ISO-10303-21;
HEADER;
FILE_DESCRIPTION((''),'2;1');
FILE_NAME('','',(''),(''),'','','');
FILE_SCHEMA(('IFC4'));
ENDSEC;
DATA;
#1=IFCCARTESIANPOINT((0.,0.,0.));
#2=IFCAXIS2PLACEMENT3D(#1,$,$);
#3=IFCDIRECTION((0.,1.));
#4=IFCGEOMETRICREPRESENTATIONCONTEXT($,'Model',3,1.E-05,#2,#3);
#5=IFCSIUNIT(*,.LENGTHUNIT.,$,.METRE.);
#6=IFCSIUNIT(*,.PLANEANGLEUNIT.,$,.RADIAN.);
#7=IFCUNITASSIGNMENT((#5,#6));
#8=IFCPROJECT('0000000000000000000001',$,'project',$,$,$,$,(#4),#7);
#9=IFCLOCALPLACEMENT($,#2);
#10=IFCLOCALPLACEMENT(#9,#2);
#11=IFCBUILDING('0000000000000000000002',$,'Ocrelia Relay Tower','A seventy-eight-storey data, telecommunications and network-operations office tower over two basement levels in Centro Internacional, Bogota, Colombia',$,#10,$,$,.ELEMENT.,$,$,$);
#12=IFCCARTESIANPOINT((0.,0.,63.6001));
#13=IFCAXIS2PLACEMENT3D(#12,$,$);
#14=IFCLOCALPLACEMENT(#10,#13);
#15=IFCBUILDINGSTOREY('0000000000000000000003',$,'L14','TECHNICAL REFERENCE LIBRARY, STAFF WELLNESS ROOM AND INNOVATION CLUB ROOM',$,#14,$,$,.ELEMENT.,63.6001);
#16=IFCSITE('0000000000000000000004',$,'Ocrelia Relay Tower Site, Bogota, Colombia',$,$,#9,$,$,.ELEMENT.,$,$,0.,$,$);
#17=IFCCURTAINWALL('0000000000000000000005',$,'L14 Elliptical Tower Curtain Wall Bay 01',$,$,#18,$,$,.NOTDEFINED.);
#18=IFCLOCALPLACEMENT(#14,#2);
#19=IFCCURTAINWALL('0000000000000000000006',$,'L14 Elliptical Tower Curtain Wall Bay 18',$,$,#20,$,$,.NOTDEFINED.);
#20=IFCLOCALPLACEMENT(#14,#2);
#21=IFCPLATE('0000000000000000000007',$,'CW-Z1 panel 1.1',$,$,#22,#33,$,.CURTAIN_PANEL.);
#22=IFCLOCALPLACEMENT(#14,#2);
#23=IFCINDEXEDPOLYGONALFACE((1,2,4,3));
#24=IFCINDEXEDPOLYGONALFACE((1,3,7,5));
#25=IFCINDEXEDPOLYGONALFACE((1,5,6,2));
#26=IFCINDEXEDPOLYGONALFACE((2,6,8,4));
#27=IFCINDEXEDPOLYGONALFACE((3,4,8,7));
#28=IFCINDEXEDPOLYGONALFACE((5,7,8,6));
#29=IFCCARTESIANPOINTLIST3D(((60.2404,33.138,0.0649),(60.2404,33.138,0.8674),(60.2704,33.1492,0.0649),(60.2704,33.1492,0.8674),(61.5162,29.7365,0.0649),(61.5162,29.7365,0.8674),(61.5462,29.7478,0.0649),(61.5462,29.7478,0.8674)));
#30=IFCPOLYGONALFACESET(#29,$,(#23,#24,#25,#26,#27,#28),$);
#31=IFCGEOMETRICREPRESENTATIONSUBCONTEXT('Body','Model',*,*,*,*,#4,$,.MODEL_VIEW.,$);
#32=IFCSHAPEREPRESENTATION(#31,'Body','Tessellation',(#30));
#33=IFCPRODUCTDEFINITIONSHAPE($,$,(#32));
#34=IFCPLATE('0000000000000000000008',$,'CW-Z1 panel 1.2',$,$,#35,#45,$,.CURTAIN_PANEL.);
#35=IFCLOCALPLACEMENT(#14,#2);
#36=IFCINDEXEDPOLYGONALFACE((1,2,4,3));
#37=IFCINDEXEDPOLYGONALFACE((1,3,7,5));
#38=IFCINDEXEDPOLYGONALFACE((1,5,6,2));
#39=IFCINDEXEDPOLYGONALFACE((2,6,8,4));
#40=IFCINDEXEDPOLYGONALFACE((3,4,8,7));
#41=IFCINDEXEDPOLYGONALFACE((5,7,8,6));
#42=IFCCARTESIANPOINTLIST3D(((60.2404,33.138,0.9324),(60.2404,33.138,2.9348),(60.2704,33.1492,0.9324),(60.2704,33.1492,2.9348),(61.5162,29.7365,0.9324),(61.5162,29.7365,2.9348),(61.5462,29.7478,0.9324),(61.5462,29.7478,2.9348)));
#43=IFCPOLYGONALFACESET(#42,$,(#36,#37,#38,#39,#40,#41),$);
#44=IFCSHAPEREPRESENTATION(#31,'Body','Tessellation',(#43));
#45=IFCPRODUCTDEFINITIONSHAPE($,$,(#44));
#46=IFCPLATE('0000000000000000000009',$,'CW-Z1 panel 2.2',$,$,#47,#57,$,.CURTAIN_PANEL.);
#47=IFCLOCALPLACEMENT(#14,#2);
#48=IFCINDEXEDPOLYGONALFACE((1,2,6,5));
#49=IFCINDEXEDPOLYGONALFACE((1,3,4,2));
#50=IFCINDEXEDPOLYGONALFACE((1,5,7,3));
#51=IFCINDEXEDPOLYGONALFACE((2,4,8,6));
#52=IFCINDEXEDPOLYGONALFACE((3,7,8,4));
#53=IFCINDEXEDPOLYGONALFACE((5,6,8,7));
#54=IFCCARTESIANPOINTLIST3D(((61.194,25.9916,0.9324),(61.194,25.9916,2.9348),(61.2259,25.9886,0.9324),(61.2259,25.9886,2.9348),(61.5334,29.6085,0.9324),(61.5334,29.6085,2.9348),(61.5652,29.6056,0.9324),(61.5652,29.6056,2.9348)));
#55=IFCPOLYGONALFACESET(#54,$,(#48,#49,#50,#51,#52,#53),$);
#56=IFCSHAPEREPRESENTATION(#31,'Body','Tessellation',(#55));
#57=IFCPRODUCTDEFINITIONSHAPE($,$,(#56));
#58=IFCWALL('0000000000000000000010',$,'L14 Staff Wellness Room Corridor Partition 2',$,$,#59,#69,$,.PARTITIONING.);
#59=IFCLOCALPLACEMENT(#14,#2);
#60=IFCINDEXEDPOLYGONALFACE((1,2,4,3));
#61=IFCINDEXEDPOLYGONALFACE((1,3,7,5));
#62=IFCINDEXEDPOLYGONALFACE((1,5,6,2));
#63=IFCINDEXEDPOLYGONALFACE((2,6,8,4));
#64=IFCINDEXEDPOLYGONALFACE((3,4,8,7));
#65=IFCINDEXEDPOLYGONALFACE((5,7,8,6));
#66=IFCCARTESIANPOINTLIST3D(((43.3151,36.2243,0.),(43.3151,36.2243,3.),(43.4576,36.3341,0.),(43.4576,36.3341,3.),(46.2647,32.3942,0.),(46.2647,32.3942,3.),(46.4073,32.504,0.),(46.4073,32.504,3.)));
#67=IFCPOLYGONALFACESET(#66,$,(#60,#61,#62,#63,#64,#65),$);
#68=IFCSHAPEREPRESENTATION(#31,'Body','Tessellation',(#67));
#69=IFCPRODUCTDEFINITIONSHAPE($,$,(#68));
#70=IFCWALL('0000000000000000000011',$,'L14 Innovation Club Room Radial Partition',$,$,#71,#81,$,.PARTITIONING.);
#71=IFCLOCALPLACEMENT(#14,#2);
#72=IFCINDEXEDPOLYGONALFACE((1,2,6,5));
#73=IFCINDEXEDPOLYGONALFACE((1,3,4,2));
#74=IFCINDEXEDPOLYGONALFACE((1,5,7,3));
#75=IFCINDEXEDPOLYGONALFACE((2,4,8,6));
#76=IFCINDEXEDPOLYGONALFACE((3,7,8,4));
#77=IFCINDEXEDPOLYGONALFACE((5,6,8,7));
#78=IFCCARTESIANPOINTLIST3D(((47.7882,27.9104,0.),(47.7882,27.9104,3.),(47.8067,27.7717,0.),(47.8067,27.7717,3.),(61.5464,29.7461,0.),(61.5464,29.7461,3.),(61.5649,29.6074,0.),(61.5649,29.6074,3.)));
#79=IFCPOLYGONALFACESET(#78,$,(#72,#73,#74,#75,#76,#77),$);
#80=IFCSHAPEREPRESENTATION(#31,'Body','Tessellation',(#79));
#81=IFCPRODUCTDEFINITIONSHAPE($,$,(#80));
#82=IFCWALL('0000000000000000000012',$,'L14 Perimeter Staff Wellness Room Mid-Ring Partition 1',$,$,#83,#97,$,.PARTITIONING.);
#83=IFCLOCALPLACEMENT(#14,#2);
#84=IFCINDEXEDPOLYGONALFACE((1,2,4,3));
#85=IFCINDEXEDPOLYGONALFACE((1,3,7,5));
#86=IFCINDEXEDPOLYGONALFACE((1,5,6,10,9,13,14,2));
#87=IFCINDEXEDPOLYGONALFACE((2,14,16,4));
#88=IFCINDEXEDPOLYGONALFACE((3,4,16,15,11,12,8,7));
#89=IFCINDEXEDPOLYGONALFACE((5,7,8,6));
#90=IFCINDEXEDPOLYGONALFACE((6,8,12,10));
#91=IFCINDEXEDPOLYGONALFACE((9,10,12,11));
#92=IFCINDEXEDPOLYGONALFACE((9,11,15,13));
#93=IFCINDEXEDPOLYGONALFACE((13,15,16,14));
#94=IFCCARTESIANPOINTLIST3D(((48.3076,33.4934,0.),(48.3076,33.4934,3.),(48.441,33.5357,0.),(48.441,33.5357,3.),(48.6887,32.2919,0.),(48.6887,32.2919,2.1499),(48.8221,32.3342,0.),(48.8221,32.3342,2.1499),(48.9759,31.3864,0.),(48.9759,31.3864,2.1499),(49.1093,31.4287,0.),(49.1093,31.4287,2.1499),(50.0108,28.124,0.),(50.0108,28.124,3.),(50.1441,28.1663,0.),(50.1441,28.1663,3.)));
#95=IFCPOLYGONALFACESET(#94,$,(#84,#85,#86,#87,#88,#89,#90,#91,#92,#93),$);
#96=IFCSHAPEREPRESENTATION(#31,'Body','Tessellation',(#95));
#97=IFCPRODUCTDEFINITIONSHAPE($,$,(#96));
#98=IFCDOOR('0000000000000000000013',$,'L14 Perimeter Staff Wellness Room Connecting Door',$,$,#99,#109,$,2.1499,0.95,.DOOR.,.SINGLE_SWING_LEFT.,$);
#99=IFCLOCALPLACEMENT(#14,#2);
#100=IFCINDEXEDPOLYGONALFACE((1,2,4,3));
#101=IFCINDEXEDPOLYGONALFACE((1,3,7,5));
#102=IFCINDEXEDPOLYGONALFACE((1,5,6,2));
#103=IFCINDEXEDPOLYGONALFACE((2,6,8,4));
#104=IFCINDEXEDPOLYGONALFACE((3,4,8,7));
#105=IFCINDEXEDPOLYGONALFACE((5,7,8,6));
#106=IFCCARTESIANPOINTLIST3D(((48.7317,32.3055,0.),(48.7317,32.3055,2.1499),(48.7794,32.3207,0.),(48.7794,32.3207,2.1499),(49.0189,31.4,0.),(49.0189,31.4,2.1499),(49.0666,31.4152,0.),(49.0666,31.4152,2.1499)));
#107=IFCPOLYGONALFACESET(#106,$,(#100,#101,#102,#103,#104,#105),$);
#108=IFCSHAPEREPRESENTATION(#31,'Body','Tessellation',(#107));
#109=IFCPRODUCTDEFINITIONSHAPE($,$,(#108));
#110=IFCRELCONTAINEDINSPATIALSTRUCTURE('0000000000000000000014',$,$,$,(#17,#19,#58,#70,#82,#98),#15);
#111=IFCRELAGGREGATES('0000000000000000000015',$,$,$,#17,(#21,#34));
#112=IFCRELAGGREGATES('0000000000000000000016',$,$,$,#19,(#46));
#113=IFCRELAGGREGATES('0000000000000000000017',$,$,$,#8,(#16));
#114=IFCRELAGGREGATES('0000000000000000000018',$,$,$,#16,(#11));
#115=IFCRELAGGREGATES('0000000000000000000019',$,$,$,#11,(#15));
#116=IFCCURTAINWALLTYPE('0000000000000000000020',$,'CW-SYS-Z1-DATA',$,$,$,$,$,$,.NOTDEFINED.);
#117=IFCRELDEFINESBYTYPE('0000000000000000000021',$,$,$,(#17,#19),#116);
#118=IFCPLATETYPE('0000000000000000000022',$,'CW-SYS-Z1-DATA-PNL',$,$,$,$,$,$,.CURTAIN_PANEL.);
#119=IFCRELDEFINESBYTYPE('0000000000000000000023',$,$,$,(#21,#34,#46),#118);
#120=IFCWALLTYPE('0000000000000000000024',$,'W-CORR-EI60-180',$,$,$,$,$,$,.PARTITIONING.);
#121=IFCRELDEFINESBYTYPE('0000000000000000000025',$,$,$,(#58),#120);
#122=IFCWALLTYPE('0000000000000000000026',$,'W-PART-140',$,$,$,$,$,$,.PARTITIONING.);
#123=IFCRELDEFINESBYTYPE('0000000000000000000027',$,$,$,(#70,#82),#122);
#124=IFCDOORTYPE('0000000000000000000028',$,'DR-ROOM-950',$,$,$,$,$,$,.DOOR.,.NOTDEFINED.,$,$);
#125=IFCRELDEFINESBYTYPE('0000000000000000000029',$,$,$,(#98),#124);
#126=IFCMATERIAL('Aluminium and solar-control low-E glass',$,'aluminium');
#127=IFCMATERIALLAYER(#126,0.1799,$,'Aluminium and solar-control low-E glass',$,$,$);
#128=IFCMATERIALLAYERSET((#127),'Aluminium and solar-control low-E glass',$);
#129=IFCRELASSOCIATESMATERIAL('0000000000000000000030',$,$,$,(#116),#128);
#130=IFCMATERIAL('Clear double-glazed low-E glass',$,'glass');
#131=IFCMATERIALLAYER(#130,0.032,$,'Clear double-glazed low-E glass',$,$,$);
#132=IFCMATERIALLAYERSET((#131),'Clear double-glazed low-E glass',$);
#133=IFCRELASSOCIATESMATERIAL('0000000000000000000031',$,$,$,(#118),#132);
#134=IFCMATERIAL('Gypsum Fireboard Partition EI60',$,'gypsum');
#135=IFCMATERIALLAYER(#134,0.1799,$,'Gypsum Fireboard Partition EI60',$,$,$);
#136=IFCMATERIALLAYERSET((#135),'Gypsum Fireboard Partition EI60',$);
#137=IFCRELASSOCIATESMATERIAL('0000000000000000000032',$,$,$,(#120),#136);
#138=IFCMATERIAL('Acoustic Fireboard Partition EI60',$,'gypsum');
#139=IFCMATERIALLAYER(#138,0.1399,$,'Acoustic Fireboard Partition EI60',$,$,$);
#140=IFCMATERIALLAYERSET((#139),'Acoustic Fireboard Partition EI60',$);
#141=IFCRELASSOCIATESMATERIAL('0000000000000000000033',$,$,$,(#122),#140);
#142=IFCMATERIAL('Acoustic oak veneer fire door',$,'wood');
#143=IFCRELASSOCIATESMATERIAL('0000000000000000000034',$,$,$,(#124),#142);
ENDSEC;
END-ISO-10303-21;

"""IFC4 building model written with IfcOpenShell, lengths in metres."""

from ifc_helpers import new_model, si_unit, direction, frame, frame_2d, origin, origin_2d, place, context, subcontext, project, spatial, rectangle, extrude, material, layer, layer_set, type_object, element, fill, aggregate, save


model = new_model("IFC4")

# Units and contexts
model_context = context("Model", 3, precision=1e-05, world=origin(), true_north=direction((0.0, 1.0)))
body_context = subcontext(model_context, "Body", "Model", "MODEL_VIEW")
ifc_project = project(units=[si_unit("LENGTHUNIT", "METRE"), si_unit("PLANEANGLEUNIT", "RADIAN")], contexts=[model_context])

# Site, building, storey
site_placement = place(None, origin())
site = spatial("IfcSite", under=ifc_project, at=site_placement, Name="Ocrelia Relay Tower Site, Bogota, Colombia", CompositionType="ELEMENT", RefElevation=0.0)
building_placement = place(site_placement, origin())
building = spatial("IfcBuilding", under=site, at=building_placement, Name="Ocrelia Relay Tower", Description="A seventy-eight-storey data, telecommunications and network-operations office tower over two basement levels in Centro Internacional, Bogota, Colombia", CompositionType="ELEMENT")
storey_placement = place(building_placement, frame((0.0, 0.0, 63.6001)))
storey = spatial("IfcBuildingStorey", under=building, at=storey_placement, Name="L14", Description="TECHNICAL REFERENCE LIBRARY, STAFF WELLNESS ROOM AND INNOVATION CLUB ROOM", CompositionType="ELEMENT", Elevation=63.6001)

# Curtain wall
ifc_material_1 = material(Name="Aluminium and solar-control low-E glass", Category="aluminium")
ifc_layer_1 = layer(ifc_material_1, 0.1799, Name="Aluminium and solar-control low-E glass")
ifc_layer_set_1 = layer_set([ifc_layer_1], Name="Aluminium and solar-control low-E glass")
curtain_wall_type = type_object("IfcCurtainWallType", Name="CW-SYS-Z1-DATA", PredefinedType="NOTDEFINED", material=ifc_layer_set_1)
curtain_wall_1_placement = place(storey_placement, origin())
curtain_wall_1 = element("IfcCurtainWall", 1, at=curtain_wall_1_placement, inside=storey, type_object=curtain_wall_type, Name="L14 Elliptical Tower Curtain Wall Bay 01", PredefinedType="NOTDEFINED")

# Curtain wall
curtain_wall_2_placement = place(storey_placement, origin())
curtain_wall_2 = element("IfcCurtainWall", 2, at=curtain_wall_2_placement, inside=storey, type_object=curtain_wall_type, Name="L14 Elliptical Tower Curtain Wall Bay 18", PredefinedType="NOTDEFINED")

# Plates
ifc_material_2 = material(Name="Clear double-glazed low-E glass", Category="glass")
ifc_layer_2 = layer(ifc_material_2, 0.032, Name="Clear double-glazed low-E glass")
ifc_layer_set_2 = layer_set([ifc_layer_2], Name="Clear double-glazed low-E glass")
plate_type = type_object("IfcPlateType", Name="CW-SYS-Z1-DATA-PNL", PredefinedType="CURTAIN_PANEL", material=ifc_layer_set_2)
plate_1_placement = place(storey_placement, frame((60.8933, 31.4429, 0.0649), z_axis=(0.0, 0.0, 1.0), x_axis=(-0.351189, 0.936304, 0.0)))
plate_1 = element("IfcPlate", 3, at=plate_1_placement, type_object=plate_type, Name="CW-Z1 panel 1.1", PredefinedType="CURTAIN_PANEL", context=body_context, shape_type="SweptSolid", body=[
    extrude(rectangle(XDim=3.6328, YDim=0.032, at=origin_2d()), origin(), (0.0, 0.0, 1.0), 0.8025),
])
plate_2_placement = place(storey_placement, frame((60.8933, 31.4429, 0.9324), z_axis=(0.0, 0.0, 1.0), x_axis=(-0.351189, 0.936304, 0.0)))
plate_2 = element("IfcPlate", 4, at=plate_2_placement, type_object=plate_type, Name="CW-Z1 panel 1.2", PredefinedType="CURTAIN_PANEL", context=body_context, shape_type="SweptSolid", body=[
    extrude(rectangle(XDim=3.6328, YDim=0.032, at=origin_2d()), origin(), (0.0, 0.0, 1.0), 2.0024),
])
aggregate(curtain_wall_1, [plate_1, plate_2])
plate_3_placement = place(storey_placement, frame((61.3796, 27.7986, 0.9324), z_axis=(0.0, 0.0, 1.0), x_axis=(0.093413, 0.995627, 0.0)))
plate_3 = element("IfcPlate", 5, at=plate_3_placement, type_object=plate_type, Name="CW-Z1 panel 2.2", PredefinedType="CURTAIN_PANEL", context=body_context, shape_type="SweptSolid", body=[
    extrude(rectangle(XDim=3.6328, YDim=0.032, at=origin_2d()), origin(), (0.0, 0.0, 1.0), 2.0024),
])
aggregate(curtain_wall_2, [plate_3])

# Shared definitions
ifc_material_3 = material(Name="Gypsum Fireboard Partition EI60", Category="gypsum")
ifc_layer_3 = layer(ifc_material_3, 0.1799, Name="Gypsum Fireboard Partition EI60")
ifc_layer_set_3 = layer_set([ifc_layer_3], Name="Gypsum Fireboard Partition EI60")
wall_type_1 = type_object("IfcWallType", Name="W-CORR-EI60-180", PredefinedType="PARTITIONING", material=ifc_layer_set_3)
ifc_material_4 = material(Name="Acoustic oak veneer fire door", Category="wood")

# Walls
wall_1_placement = place(storey_placement, frame((46.3359, 32.4492, 0.0), z_axis=(0.0, 0.0, 1.0), x_axis=(-0.610165, 0.792275, 0.0)))
element("IfcWall", 6, at=wall_1_placement, inside=storey, type_object=wall_type_1, Name="L14 Staff Wellness Room Corridor Partition 2", PredefinedType="PARTITIONING", context=body_context, shape_type="SweptSolid", body=[
    extrude(rectangle(XDim=4.8342, YDim=0.1799, at=frame_2d((2.417, 0.0))), origin(), (0.0, 0.0, 1.0), 3.0),
])
ifc_material_5 = material(Name="Acoustic Fireboard Partition EI60", Category="gypsum")
ifc_layer_4 = layer(ifc_material_5, 0.1399, Name="Acoustic Fireboard Partition EI60")
ifc_layer_set_4 = layer_set([ifc_layer_4], Name="Acoustic Fireboard Partition EI60")
wall_type_2 = type_object("IfcWallType", Name="W-PART-140", PredefinedType="PARTITIONING", material=ifc_layer_set_4)
wall_2_placement = place(storey_placement, frame((47.7976, 27.8411, 0.0), z_axis=(0.0, 0.0, 1.0), x_axis=(0.991216, 0.132252, 0.0)))
element("IfcWall", 7, at=wall_2_placement, inside=storey, type_object=wall_type_2, Name="L14 Innovation Club Room Radial Partition", PredefinedType="PARTITIONING", context=body_context, shape_type="SweptSolid", body=[
    extrude(rectangle(XDim=13.8801, YDim=0.1399, at=frame_2d((6.9399, 0.0))), origin(), (0.0, 0.0, 1.0), 3.0),
])

# Wall, opening, door
wall_3_placement = place(storey_placement, frame((50.0774, 28.1453, 0.0), z_axis=(0.0, 0.0, 1.0), x_axis=(-0.302347, 0.953198, 0.0)))
wall_3 = element("IfcWall", 8, at=wall_3_placement, inside=storey, type_object=wall_type_2, Name="L14 Perimeter Staff Wellness Room Mid-Ring Partition 1", PredefinedType="PARTITIONING", context=body_context, shape_type="SweptSolid", body=[
    extrude(rectangle(XDim=5.6331, YDim=0.1399, at=frame_2d((2.8164, 0.0))), origin(), (0.0, 0.0, 1.0), 3.0),
])
opening_1_placement = place(wall_3_placement, frame((3.4224, 0.0, 0.0)))
opening_1 = element("IfcOpeningElement", 9, at=opening_1_placement, cuts=wall_3, PredefinedType="OPENING", context=body_context, shape_type="SweptSolid", body=[
    extrude(rectangle(XDim=0.95, YDim=2.1499, at=frame_2d((0.4751, 1.075))), frame((0.0, 0.0801, 0.0), z_axis=(0.0, -1.0, 0.0), x_axis=(1.0, 0.0, 0.0)), (0.0, 0.0, 1.0), 0.1599),
])
door_type_1 = type_object("IfcDoorType", Name="DR-ROOM-950", OperationType="NOTDEFINED", PredefinedType="DOOR", material=ifc_material_4)
door_1_placement = place(opening_1_placement, origin())
door_1 = element("IfcDoor", 10, at=door_1_placement, inside=storey, type_object=door_type_1, Name="L14 Perimeter Staff Wellness Room Connecting Door", OperationType="SINGLE_SWING_LEFT", OverallHeight=2.1499, OverallWidth=0.95, PredefinedType="DOOR", context=body_context, shape_type="SweptSolid", body=[
    extrude(rectangle(XDim=0.95, YDim=2.1499, at=frame_2d((0.4751, 1.075))), frame((0.0, 0.0249, 0.0), z_axis=(0.0, -1.0, 0.0), x_axis=(1.0, 0.0, 0.0)), (0.0, 0.0, 1.0), 0.05),
])
fill(opening_1, door_1)

save(model, "model.ifc")
